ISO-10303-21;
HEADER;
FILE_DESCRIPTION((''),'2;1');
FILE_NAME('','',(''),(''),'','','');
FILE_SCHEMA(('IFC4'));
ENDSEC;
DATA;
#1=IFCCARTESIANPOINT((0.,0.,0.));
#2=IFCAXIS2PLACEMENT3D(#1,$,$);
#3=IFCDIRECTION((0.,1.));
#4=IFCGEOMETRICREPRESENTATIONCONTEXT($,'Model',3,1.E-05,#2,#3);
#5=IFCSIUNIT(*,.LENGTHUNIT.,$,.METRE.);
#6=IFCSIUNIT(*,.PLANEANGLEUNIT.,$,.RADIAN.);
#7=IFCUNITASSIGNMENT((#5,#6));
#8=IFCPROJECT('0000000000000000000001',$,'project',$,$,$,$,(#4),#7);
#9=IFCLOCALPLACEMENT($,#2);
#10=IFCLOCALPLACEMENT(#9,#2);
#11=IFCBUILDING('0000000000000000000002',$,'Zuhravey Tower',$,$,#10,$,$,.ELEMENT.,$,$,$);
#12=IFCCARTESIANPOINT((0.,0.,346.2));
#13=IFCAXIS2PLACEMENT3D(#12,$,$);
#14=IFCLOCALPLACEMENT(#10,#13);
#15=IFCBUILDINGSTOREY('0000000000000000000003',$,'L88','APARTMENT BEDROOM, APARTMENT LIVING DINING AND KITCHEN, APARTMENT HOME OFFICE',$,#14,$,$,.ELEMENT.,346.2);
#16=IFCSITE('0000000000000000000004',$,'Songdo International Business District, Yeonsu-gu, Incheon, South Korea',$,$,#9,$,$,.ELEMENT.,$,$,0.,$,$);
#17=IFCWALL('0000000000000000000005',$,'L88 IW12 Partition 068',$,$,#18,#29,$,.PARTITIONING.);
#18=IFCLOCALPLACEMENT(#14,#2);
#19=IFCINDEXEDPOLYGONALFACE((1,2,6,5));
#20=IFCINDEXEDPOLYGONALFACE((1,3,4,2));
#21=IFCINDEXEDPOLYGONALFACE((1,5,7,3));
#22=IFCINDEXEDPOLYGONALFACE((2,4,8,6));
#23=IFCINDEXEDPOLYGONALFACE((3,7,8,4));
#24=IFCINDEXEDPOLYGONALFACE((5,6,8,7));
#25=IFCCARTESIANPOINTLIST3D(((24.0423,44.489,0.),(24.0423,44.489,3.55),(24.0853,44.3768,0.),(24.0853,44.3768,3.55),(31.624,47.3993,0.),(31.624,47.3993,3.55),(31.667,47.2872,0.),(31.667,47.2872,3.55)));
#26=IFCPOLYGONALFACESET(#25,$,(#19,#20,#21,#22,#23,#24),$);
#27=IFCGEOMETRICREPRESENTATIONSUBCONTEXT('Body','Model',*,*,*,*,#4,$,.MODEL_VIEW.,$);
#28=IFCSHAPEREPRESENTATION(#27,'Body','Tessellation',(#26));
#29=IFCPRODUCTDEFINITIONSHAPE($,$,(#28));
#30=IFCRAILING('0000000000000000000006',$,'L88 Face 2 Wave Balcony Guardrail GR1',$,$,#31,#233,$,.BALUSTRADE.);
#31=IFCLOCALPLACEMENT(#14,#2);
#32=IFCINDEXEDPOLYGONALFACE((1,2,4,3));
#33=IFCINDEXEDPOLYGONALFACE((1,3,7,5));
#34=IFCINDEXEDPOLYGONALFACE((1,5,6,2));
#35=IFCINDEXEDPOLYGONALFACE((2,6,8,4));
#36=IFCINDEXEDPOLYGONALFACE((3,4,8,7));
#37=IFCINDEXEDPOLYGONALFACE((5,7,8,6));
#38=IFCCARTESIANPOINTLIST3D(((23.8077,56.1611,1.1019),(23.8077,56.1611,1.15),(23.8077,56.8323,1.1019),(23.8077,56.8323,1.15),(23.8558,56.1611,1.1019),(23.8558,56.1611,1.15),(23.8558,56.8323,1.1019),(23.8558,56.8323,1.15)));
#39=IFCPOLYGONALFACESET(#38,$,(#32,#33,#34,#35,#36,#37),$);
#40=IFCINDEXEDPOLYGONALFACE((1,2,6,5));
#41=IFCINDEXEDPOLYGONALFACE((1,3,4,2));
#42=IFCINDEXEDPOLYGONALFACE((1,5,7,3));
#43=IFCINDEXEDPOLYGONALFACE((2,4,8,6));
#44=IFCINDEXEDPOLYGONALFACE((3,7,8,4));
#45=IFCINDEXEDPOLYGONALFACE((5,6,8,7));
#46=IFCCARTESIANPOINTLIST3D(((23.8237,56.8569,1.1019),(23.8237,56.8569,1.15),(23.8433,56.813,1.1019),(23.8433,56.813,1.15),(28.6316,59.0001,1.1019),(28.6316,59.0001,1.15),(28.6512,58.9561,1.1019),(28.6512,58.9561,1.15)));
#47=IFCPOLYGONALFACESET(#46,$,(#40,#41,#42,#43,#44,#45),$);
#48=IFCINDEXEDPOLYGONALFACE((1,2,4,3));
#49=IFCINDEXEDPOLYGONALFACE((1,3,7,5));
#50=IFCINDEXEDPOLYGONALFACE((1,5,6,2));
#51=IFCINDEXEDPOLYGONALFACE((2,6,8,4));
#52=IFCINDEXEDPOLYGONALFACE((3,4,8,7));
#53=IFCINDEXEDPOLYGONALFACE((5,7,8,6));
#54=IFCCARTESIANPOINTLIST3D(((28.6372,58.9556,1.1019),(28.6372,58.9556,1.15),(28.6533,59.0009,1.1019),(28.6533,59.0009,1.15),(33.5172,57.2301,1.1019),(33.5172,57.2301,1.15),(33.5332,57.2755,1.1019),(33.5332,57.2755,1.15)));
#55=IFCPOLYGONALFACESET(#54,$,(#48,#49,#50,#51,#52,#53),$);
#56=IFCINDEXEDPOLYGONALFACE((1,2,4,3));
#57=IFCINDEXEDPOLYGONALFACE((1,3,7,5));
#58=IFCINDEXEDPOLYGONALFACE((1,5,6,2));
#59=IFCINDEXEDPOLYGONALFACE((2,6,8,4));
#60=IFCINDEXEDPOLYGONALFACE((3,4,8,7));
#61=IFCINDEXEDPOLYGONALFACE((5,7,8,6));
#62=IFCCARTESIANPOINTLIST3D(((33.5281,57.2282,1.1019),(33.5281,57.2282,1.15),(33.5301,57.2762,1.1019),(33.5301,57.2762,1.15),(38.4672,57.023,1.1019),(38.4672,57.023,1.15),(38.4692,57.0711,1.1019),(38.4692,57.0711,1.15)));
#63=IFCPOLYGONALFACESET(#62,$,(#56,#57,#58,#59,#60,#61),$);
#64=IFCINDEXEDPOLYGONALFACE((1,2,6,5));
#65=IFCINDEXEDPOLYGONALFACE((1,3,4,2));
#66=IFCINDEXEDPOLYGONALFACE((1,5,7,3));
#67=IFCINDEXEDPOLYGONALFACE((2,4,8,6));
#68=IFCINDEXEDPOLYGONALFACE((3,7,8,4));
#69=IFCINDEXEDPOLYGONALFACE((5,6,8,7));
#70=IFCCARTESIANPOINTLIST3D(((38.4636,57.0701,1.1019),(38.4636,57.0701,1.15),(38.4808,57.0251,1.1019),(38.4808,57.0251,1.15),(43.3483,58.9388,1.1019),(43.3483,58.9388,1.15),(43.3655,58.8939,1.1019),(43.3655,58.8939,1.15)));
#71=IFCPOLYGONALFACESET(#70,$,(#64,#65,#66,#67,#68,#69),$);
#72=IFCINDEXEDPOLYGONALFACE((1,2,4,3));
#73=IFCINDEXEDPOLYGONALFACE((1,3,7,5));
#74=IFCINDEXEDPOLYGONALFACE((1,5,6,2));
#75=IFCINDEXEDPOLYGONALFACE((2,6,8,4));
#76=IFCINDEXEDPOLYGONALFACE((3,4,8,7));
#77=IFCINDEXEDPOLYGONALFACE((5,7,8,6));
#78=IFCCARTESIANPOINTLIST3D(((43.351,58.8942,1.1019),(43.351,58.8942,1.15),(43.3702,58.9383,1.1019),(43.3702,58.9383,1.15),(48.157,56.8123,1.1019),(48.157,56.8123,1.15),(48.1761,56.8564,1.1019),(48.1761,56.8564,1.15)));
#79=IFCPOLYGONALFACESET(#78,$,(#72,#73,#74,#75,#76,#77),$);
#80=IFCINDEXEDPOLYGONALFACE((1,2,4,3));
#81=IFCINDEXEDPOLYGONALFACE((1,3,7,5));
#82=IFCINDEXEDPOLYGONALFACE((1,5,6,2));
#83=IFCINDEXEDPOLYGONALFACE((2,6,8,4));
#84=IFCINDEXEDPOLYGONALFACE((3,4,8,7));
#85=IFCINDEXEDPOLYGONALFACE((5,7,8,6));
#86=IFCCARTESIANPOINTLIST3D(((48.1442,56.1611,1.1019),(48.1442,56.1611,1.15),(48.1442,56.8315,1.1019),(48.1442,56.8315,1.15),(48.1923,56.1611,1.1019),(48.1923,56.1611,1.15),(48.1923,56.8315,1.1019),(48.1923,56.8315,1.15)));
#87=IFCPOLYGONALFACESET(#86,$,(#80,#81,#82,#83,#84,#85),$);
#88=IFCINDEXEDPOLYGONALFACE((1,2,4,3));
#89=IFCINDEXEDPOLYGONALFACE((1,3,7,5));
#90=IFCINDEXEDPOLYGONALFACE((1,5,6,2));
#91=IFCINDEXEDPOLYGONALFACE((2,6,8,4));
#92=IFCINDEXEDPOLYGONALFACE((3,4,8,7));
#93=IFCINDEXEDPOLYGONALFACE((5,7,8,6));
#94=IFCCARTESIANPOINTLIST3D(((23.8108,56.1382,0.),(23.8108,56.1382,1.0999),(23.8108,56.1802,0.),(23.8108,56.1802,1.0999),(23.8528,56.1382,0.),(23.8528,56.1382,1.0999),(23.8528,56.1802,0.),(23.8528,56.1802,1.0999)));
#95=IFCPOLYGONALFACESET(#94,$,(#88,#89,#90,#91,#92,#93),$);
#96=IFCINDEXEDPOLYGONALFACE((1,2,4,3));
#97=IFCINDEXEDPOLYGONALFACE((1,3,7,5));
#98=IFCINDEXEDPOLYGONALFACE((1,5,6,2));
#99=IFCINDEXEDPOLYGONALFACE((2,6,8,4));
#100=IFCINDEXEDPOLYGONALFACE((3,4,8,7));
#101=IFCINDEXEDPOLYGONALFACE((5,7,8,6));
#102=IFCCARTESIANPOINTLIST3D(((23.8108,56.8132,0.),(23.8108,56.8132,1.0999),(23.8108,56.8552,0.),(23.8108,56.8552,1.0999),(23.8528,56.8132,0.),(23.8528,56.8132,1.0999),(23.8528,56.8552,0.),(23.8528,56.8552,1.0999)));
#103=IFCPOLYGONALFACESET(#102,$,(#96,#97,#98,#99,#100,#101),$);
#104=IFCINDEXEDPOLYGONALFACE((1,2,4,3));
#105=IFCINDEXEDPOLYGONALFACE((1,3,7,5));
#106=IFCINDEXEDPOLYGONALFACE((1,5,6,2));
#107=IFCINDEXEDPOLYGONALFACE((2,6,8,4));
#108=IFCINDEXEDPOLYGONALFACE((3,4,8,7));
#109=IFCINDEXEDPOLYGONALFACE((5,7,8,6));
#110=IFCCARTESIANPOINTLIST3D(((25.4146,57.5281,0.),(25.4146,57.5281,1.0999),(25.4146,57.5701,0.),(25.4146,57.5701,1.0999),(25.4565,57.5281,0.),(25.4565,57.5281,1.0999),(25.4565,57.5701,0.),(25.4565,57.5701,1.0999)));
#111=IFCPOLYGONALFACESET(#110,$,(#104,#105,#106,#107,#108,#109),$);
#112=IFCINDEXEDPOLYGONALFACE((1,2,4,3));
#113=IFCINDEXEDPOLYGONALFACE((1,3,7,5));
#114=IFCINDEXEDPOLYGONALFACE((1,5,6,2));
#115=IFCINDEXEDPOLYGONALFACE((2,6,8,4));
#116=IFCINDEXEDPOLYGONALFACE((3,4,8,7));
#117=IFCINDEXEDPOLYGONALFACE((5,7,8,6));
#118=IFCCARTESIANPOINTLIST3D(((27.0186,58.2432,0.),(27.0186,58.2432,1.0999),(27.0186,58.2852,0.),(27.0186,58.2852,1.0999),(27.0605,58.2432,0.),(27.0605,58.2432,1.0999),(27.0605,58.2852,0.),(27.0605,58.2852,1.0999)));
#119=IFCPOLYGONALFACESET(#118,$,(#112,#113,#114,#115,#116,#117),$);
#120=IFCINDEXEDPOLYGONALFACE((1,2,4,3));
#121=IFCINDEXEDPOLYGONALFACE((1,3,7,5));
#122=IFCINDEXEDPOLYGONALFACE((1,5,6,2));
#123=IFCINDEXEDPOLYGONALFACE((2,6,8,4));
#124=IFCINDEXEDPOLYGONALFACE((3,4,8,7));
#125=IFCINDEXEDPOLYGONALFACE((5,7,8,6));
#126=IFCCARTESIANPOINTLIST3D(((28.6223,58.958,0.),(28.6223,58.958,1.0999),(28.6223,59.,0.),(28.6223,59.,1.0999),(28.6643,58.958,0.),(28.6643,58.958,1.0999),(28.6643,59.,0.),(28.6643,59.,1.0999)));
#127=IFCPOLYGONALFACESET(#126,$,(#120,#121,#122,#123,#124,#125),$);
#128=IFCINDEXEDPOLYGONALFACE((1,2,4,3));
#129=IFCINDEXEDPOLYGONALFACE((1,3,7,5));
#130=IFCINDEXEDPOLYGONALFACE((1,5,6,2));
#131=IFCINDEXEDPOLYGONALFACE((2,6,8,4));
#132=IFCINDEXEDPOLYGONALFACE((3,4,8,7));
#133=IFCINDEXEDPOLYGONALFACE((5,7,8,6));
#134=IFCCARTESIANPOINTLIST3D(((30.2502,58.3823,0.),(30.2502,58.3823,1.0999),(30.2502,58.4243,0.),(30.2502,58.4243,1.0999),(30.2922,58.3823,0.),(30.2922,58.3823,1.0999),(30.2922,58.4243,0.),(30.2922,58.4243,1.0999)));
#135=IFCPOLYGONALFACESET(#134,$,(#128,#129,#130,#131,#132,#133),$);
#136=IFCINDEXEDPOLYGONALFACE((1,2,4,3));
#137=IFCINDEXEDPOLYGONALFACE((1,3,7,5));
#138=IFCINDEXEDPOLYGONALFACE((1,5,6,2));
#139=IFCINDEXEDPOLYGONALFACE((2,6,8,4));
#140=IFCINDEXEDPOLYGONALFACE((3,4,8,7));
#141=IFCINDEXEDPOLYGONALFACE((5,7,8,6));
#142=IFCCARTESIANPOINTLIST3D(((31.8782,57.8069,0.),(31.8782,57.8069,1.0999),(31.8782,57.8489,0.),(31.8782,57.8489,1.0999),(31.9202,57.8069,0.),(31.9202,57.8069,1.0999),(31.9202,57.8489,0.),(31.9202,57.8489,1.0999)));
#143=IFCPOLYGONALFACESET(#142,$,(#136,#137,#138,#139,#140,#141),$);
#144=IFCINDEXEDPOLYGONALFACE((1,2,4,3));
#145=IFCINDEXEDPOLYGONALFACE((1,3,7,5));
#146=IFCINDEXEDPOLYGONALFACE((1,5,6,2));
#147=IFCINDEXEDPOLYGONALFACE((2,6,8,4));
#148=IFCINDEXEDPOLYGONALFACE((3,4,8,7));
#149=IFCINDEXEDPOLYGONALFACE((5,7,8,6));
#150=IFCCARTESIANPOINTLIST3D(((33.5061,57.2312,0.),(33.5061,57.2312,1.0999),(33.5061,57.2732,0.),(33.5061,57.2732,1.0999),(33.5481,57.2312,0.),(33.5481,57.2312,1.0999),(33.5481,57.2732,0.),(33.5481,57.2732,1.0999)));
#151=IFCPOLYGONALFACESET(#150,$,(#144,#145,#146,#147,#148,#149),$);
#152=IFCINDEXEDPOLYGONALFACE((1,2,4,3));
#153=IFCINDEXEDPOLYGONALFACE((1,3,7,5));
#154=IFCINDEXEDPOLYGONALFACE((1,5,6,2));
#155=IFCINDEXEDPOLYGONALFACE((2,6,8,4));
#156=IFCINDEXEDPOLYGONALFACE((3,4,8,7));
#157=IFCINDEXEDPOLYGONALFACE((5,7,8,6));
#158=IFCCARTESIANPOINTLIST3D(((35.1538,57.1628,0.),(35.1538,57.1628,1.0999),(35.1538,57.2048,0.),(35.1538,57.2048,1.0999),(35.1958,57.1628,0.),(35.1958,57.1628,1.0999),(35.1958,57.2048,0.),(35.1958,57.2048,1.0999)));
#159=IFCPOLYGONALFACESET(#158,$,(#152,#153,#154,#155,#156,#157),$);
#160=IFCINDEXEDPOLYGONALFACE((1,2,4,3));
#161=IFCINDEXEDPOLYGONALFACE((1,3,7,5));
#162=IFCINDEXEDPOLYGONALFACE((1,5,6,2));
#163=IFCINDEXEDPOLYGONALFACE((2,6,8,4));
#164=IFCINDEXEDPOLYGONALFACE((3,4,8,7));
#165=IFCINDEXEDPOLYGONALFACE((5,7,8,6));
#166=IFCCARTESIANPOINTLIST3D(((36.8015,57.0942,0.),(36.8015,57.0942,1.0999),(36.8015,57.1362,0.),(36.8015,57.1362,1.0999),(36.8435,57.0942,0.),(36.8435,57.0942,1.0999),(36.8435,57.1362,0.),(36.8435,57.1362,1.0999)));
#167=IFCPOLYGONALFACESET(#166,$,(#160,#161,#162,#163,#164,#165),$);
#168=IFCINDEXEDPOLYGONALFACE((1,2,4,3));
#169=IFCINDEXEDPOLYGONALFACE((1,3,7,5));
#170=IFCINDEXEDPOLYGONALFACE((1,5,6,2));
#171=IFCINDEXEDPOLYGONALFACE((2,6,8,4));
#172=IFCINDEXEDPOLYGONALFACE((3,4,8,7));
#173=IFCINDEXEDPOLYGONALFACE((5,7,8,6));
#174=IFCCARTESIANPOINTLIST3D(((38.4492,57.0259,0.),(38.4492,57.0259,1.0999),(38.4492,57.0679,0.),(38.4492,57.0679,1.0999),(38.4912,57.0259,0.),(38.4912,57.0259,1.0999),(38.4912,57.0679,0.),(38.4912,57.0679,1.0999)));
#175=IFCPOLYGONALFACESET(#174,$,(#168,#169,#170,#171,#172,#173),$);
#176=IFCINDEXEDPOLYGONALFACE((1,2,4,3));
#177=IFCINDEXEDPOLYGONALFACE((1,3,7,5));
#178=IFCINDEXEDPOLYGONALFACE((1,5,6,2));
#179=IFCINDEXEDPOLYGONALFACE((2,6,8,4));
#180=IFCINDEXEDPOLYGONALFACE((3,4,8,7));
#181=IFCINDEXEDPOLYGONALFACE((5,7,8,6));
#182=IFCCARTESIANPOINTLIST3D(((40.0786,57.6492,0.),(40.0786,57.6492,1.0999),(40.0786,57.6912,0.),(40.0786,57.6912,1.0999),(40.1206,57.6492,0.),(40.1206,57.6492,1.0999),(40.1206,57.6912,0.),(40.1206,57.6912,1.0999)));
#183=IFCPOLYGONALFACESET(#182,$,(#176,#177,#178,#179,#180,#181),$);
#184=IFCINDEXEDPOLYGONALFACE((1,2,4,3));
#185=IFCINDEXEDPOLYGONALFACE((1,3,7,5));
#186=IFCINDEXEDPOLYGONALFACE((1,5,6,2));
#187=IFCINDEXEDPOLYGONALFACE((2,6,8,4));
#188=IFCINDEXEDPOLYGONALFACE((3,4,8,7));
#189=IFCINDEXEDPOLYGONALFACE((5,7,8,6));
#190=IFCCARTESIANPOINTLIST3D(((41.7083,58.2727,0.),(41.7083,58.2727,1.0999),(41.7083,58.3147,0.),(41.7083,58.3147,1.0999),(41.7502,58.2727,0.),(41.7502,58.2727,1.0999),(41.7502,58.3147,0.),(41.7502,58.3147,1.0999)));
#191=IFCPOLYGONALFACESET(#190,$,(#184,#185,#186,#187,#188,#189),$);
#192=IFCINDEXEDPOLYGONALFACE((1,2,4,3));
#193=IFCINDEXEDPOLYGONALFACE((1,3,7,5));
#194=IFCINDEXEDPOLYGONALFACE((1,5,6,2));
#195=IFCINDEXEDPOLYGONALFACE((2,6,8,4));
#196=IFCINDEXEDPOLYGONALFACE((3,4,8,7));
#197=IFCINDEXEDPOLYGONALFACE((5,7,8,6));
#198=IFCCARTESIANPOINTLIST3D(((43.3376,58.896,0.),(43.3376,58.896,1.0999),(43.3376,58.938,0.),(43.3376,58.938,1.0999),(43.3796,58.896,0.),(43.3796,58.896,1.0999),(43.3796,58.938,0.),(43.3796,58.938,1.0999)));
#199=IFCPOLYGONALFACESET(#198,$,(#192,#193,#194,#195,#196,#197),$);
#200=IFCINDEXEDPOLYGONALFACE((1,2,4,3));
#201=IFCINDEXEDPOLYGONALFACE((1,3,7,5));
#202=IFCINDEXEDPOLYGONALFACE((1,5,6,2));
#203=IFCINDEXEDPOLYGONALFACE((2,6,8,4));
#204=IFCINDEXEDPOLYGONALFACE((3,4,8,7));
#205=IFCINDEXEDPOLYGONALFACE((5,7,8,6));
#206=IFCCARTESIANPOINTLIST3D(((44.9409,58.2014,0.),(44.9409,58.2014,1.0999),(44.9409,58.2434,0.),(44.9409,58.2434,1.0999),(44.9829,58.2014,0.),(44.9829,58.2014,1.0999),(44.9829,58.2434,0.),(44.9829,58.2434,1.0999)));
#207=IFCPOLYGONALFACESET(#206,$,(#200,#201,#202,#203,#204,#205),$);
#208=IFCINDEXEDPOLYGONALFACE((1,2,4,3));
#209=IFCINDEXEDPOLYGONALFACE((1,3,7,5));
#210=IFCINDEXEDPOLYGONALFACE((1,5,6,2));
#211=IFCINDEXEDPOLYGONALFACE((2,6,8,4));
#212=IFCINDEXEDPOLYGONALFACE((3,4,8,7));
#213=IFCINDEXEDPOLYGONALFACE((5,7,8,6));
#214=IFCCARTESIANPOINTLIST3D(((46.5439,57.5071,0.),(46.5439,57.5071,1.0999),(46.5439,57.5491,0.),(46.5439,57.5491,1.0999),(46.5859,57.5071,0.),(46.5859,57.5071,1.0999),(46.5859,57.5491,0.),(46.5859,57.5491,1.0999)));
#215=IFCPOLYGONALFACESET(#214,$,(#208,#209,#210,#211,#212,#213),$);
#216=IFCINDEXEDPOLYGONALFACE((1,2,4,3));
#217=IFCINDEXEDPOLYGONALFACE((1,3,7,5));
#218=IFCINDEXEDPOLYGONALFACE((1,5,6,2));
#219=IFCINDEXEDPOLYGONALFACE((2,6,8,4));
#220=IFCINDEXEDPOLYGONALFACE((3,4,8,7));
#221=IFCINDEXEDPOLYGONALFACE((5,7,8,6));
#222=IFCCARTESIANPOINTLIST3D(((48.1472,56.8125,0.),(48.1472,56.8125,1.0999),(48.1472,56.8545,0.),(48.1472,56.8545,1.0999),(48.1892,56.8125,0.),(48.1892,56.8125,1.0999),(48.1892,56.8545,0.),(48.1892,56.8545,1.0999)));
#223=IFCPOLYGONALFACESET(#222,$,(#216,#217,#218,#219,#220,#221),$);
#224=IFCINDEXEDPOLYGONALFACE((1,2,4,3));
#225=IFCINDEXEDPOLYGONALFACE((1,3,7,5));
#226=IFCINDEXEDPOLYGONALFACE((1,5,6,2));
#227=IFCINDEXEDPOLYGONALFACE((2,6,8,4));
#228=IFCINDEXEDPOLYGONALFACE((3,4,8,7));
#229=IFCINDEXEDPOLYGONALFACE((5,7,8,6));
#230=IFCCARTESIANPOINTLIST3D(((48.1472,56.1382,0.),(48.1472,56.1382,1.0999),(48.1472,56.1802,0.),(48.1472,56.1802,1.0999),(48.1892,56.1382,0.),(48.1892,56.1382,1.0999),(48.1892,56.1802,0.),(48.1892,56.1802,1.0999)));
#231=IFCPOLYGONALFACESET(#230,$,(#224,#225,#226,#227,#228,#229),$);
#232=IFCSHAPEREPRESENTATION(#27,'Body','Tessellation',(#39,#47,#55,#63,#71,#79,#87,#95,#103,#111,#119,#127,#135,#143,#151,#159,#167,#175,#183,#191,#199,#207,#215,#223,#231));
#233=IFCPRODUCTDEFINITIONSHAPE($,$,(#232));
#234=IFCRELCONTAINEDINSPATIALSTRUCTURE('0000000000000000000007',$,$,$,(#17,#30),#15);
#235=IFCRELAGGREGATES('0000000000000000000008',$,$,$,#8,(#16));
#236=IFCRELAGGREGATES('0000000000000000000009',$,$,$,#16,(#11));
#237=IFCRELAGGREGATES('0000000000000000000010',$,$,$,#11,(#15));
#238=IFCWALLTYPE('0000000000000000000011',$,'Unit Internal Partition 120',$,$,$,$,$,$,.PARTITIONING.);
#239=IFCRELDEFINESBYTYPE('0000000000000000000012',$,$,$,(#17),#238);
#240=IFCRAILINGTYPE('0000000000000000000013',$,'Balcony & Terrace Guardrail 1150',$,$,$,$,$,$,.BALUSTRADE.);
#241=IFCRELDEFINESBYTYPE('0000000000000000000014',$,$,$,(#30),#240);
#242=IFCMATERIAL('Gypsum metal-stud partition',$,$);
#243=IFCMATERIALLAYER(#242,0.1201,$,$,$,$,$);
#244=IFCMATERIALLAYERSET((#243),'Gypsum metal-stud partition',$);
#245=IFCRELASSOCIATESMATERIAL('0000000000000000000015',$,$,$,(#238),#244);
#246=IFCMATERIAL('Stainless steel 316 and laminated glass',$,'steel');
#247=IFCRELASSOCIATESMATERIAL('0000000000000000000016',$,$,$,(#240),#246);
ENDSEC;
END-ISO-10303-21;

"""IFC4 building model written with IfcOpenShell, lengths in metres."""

from ifc_helpers import new_model, si_unit, direction, frame, frame_2d, origin, origin_2d, place, context, subcontext, project, spatial, rectangle, extrude, material, layer, layer_set, type_object, element, save


model = new_model("IFC4")

# Units and contexts
model_context = context("Model", 3, precision=1e-05, world=origin(), true_north=direction((0.0, 1.0)))
body_context = subcontext(model_context, "Body", "Model", "MODEL_VIEW")
ifc_project = project(units=[si_unit("LENGTHUNIT", "METRE"), si_unit("PLANEANGLEUNIT", "RADIAN")], contexts=[model_context])

# Site, building, storey
site_placement = place(None, origin())
site = spatial("IfcSite", under=ifc_project, at=site_placement, Name="Songdo International Business District, Yeonsu-gu, Incheon, South Korea", CompositionType="ELEMENT", RefElevation=0.0)
building_placement = place(site_placement, origin())
building = spatial("IfcBuilding", under=site, at=building_placement, Name="Zuhravey Tower", CompositionType="ELEMENT")
storey_placement = place(building_placement, frame((0.0, 0.0, 346.2)))
storey = spatial("IfcBuildingStorey", under=building, at=storey_placement, Name="L88", Description="APARTMENT BEDROOM, APARTMENT LIVING DINING AND KITCHEN, APARTMENT HOME OFFICE", CompositionType="ELEMENT", Elevation=346.2)

# Shared definitions
ifc_material_1 = material(Name="Gypsum metal-stud partition")
ifc_layer_1 = layer(ifc_material_1, 0.1201)
ifc_layer_set_1 = layer_set([ifc_layer_1], Name="Gypsum metal-stud partition")
wall_type_1 = type_object("IfcWallType", Name="Unit Internal Partition 120", PredefinedType="PARTITIONING", material=ifc_layer_set_1)

# Wall
wall_1_placement = place(storey_placement, frame((31.6455, 47.3433, 0.0), z_axis=(0.0, 0.0, 1.0), x_axis=(-0.933579, -0.358371, 0.0)))
element("IfcWall", 1, at=wall_1_placement, inside=storey, type_object=wall_type_1, Name="L88 IW12 Partition 068", PredefinedType="PARTITIONING", context=body_context, shape_type="SweptSolid", body=[
    extrude(rectangle(XDim=8.1211, YDim=0.1201, at=frame_2d((4.0605, 0.0))), origin(), (0.0, 0.0, 1.0), 3.55),
])

# Railing
ifc_material_2 = material(Name="Stainless steel 316 and laminated glass", Category="steel")
railing_type = type_object("IfcRailingType", Name="Balcony & Terrace Guardrail 1150", PredefinedType="BALUSTRADE", material=ifc_material_2)
railing_placement = place(storey_placement, frame((23.8318, 56.1592, 0.0)))
element("IfcRailing", 2, at=railing_placement, inside=storey, type_object=railing_type, Name="L88 Face 2 Wave Balcony Guardrail GR1", PredefinedType="BALUSTRADE", context=body_context, shape_type="SweptSolid", body=[
    extrude(rectangle(XDim=0.0481, YDim=0.0481, at=origin_2d()), frame((0.0, 0.002, 1.126), z_axis=(0.0, 1.0, 0.0), x_axis=(-1.0, 0.0, 0.0)), (0.0, 0.0, 1.0), 0.6711),
    extrude(rectangle(XDim=0.0481, YDim=0.0481, at=origin_2d()), frame((0.0017, 0.6758, 1.126), z_axis=(0.913366, 0.40714, 0.0), x_axis=(-0.40714, 0.913366, 0.0)), (0.0, 0.0, 1.0), 5.2639),
    extrude(rectangle(XDim=0.0481, YDim=0.0481, at=origin_2d()), frame((4.8135, 2.8191, 1.126), z_axis=(0.942801, -0.333355, 0.0), x_axis=(0.333355, 0.942801, 0.0)), (0.0, 0.0, 1.0), 5.176),
    extrude(rectangle(XDim=0.0481, YDim=0.0481, at=origin_2d()), frame((9.6973, 1.093, 1.126), z_axis=(0.999138, -0.041501, 0.0), x_axis=(0.041501, 0.999138, 0.0)), (0.0, 0.0, 1.0), 4.9434),
    extrude(rectangle(XDim=0.0481, YDim=0.0481, at=origin_2d()), frame((14.6404, 0.8884, 1.126), z_axis=(0.933987, 0.357306, 0.0), x_axis=(-0.357306, 0.933987, 0.0)), (0.0, 0.0, 1.0), 5.23),
    extrude(rectangle(XDim=0.0481, YDim=0.0481, at=origin_2d()), frame((19.5288, 2.7571, 1.126), z_axis=(0.917601, -0.397503, 0.0), x_axis=(0.397503, 0.917601, 0.0)), (0.0, 0.0, 1.0), 5.2375),
    extrude(rectangle(XDim=0.0481, YDim=0.0481, at=origin_2d()), frame((24.3364, 0.6724, 1.126), z_axis=(0.0, -1.0, 0.0), x_axis=(1.0, 0.0, 0.0)), (0.0, 0.0, 1.0), 0.6704),
    extrude(rectangle(XDim=0.042, YDim=0.042, at=origin_2d()), origin(), (0.0, 0.0, 1.0), 1.0999),
    extrude(rectangle(XDim=0.042, YDim=0.042, at=origin_2d()), frame((0.0, 0.675, 0.0)), (0.0, 0.0, 1.0), 1.0999),
    extrude(rectangle(XDim=0.042, YDim=0.042, at=origin_2d()), frame((1.6038, 1.3899, 0.0)), (0.0, 0.0, 1.0), 1.0999),
    extrude(rectangle(XDim=0.042, YDim=0.042, at=origin_2d()), frame((3.2078, 2.105, 0.0)), (0.0, 0.0, 1.0), 1.0999),
    extrude(rectangle(XDim=0.042, YDim=0.042, at=origin_2d()), frame((4.8115, 2.8198, 0.0)), (0.0, 0.0, 1.0), 1.0999),
    extrude(rectangle(XDim=0.042, YDim=0.042, at=origin_2d()), frame((6.4395, 2.2441, 0.0)), (0.0, 0.0, 1.0), 1.0999),
    extrude(rectangle(XDim=0.042, YDim=0.042, at=origin_2d()), frame((8.0674, 1.6687, 0.0)), (0.0, 0.0, 1.0), 1.0999),
    extrude(rectangle(XDim=0.042, YDim=0.042, at=origin_2d()), frame((9.6953, 1.093, 0.0)), (0.0, 0.0, 1.0), 1.0999),
    extrude(rectangle(XDim=0.042, YDim=0.042, at=origin_2d()), frame((11.343, 1.0247, 0.0)), (0.0, 0.0, 1.0), 1.0999),
    extrude(rectangle(XDim=0.042, YDim=0.042, at=origin_2d()), frame((12.9907, 0.9561, 0.0)), (0.0, 0.0, 1.0), 1.0999),
    extrude(rectangle(XDim=0.042, YDim=0.042, at=origin_2d()), frame((14.6384, 0.8877, 0.0)), (0.0, 0.0, 1.0), 1.0999),
    extrude(rectangle(XDim=0.042, YDim=0.042, at=origin_2d()), frame((16.2678, 1.511, 0.0)), (0.0, 0.0, 1.0), 1.0999),
    extrude(rectangle(XDim=0.042, YDim=0.042, at=origin_2d()), frame((17.8975, 2.1345, 0.0)), (0.0, 0.0, 1.0), 1.0999),
    extrude(rectangle(XDim=0.042, YDim=0.042, at=origin_2d()), frame((19.5269, 2.7578, 0.0)), (0.0, 0.0, 1.0), 1.0999),
    extrude(rectangle(XDim=0.042, YDim=0.042, at=origin_2d()), frame((21.1301, 2.0632, 0.0)), (0.0, 0.0, 1.0), 1.0999),
    extrude(rectangle(XDim=0.042, YDim=0.042, at=origin_2d()), frame((22.7332, 1.3689, 0.0)), (0.0, 0.0, 1.0), 1.0999),
    extrude(rectangle(XDim=0.042, YDim=0.042, at=origin_2d()), frame((24.3364, 0.6743, 0.0)), (0.0, 0.0, 1.0), 1.0999),
    extrude(rectangle(XDim=0.042, YDim=0.042, at=origin_2d()), frame((24.3364, 0.0, 0.0)), (0.0, 0.0, 1.0), 1.0999),
])

save(model, "model.ifc")
